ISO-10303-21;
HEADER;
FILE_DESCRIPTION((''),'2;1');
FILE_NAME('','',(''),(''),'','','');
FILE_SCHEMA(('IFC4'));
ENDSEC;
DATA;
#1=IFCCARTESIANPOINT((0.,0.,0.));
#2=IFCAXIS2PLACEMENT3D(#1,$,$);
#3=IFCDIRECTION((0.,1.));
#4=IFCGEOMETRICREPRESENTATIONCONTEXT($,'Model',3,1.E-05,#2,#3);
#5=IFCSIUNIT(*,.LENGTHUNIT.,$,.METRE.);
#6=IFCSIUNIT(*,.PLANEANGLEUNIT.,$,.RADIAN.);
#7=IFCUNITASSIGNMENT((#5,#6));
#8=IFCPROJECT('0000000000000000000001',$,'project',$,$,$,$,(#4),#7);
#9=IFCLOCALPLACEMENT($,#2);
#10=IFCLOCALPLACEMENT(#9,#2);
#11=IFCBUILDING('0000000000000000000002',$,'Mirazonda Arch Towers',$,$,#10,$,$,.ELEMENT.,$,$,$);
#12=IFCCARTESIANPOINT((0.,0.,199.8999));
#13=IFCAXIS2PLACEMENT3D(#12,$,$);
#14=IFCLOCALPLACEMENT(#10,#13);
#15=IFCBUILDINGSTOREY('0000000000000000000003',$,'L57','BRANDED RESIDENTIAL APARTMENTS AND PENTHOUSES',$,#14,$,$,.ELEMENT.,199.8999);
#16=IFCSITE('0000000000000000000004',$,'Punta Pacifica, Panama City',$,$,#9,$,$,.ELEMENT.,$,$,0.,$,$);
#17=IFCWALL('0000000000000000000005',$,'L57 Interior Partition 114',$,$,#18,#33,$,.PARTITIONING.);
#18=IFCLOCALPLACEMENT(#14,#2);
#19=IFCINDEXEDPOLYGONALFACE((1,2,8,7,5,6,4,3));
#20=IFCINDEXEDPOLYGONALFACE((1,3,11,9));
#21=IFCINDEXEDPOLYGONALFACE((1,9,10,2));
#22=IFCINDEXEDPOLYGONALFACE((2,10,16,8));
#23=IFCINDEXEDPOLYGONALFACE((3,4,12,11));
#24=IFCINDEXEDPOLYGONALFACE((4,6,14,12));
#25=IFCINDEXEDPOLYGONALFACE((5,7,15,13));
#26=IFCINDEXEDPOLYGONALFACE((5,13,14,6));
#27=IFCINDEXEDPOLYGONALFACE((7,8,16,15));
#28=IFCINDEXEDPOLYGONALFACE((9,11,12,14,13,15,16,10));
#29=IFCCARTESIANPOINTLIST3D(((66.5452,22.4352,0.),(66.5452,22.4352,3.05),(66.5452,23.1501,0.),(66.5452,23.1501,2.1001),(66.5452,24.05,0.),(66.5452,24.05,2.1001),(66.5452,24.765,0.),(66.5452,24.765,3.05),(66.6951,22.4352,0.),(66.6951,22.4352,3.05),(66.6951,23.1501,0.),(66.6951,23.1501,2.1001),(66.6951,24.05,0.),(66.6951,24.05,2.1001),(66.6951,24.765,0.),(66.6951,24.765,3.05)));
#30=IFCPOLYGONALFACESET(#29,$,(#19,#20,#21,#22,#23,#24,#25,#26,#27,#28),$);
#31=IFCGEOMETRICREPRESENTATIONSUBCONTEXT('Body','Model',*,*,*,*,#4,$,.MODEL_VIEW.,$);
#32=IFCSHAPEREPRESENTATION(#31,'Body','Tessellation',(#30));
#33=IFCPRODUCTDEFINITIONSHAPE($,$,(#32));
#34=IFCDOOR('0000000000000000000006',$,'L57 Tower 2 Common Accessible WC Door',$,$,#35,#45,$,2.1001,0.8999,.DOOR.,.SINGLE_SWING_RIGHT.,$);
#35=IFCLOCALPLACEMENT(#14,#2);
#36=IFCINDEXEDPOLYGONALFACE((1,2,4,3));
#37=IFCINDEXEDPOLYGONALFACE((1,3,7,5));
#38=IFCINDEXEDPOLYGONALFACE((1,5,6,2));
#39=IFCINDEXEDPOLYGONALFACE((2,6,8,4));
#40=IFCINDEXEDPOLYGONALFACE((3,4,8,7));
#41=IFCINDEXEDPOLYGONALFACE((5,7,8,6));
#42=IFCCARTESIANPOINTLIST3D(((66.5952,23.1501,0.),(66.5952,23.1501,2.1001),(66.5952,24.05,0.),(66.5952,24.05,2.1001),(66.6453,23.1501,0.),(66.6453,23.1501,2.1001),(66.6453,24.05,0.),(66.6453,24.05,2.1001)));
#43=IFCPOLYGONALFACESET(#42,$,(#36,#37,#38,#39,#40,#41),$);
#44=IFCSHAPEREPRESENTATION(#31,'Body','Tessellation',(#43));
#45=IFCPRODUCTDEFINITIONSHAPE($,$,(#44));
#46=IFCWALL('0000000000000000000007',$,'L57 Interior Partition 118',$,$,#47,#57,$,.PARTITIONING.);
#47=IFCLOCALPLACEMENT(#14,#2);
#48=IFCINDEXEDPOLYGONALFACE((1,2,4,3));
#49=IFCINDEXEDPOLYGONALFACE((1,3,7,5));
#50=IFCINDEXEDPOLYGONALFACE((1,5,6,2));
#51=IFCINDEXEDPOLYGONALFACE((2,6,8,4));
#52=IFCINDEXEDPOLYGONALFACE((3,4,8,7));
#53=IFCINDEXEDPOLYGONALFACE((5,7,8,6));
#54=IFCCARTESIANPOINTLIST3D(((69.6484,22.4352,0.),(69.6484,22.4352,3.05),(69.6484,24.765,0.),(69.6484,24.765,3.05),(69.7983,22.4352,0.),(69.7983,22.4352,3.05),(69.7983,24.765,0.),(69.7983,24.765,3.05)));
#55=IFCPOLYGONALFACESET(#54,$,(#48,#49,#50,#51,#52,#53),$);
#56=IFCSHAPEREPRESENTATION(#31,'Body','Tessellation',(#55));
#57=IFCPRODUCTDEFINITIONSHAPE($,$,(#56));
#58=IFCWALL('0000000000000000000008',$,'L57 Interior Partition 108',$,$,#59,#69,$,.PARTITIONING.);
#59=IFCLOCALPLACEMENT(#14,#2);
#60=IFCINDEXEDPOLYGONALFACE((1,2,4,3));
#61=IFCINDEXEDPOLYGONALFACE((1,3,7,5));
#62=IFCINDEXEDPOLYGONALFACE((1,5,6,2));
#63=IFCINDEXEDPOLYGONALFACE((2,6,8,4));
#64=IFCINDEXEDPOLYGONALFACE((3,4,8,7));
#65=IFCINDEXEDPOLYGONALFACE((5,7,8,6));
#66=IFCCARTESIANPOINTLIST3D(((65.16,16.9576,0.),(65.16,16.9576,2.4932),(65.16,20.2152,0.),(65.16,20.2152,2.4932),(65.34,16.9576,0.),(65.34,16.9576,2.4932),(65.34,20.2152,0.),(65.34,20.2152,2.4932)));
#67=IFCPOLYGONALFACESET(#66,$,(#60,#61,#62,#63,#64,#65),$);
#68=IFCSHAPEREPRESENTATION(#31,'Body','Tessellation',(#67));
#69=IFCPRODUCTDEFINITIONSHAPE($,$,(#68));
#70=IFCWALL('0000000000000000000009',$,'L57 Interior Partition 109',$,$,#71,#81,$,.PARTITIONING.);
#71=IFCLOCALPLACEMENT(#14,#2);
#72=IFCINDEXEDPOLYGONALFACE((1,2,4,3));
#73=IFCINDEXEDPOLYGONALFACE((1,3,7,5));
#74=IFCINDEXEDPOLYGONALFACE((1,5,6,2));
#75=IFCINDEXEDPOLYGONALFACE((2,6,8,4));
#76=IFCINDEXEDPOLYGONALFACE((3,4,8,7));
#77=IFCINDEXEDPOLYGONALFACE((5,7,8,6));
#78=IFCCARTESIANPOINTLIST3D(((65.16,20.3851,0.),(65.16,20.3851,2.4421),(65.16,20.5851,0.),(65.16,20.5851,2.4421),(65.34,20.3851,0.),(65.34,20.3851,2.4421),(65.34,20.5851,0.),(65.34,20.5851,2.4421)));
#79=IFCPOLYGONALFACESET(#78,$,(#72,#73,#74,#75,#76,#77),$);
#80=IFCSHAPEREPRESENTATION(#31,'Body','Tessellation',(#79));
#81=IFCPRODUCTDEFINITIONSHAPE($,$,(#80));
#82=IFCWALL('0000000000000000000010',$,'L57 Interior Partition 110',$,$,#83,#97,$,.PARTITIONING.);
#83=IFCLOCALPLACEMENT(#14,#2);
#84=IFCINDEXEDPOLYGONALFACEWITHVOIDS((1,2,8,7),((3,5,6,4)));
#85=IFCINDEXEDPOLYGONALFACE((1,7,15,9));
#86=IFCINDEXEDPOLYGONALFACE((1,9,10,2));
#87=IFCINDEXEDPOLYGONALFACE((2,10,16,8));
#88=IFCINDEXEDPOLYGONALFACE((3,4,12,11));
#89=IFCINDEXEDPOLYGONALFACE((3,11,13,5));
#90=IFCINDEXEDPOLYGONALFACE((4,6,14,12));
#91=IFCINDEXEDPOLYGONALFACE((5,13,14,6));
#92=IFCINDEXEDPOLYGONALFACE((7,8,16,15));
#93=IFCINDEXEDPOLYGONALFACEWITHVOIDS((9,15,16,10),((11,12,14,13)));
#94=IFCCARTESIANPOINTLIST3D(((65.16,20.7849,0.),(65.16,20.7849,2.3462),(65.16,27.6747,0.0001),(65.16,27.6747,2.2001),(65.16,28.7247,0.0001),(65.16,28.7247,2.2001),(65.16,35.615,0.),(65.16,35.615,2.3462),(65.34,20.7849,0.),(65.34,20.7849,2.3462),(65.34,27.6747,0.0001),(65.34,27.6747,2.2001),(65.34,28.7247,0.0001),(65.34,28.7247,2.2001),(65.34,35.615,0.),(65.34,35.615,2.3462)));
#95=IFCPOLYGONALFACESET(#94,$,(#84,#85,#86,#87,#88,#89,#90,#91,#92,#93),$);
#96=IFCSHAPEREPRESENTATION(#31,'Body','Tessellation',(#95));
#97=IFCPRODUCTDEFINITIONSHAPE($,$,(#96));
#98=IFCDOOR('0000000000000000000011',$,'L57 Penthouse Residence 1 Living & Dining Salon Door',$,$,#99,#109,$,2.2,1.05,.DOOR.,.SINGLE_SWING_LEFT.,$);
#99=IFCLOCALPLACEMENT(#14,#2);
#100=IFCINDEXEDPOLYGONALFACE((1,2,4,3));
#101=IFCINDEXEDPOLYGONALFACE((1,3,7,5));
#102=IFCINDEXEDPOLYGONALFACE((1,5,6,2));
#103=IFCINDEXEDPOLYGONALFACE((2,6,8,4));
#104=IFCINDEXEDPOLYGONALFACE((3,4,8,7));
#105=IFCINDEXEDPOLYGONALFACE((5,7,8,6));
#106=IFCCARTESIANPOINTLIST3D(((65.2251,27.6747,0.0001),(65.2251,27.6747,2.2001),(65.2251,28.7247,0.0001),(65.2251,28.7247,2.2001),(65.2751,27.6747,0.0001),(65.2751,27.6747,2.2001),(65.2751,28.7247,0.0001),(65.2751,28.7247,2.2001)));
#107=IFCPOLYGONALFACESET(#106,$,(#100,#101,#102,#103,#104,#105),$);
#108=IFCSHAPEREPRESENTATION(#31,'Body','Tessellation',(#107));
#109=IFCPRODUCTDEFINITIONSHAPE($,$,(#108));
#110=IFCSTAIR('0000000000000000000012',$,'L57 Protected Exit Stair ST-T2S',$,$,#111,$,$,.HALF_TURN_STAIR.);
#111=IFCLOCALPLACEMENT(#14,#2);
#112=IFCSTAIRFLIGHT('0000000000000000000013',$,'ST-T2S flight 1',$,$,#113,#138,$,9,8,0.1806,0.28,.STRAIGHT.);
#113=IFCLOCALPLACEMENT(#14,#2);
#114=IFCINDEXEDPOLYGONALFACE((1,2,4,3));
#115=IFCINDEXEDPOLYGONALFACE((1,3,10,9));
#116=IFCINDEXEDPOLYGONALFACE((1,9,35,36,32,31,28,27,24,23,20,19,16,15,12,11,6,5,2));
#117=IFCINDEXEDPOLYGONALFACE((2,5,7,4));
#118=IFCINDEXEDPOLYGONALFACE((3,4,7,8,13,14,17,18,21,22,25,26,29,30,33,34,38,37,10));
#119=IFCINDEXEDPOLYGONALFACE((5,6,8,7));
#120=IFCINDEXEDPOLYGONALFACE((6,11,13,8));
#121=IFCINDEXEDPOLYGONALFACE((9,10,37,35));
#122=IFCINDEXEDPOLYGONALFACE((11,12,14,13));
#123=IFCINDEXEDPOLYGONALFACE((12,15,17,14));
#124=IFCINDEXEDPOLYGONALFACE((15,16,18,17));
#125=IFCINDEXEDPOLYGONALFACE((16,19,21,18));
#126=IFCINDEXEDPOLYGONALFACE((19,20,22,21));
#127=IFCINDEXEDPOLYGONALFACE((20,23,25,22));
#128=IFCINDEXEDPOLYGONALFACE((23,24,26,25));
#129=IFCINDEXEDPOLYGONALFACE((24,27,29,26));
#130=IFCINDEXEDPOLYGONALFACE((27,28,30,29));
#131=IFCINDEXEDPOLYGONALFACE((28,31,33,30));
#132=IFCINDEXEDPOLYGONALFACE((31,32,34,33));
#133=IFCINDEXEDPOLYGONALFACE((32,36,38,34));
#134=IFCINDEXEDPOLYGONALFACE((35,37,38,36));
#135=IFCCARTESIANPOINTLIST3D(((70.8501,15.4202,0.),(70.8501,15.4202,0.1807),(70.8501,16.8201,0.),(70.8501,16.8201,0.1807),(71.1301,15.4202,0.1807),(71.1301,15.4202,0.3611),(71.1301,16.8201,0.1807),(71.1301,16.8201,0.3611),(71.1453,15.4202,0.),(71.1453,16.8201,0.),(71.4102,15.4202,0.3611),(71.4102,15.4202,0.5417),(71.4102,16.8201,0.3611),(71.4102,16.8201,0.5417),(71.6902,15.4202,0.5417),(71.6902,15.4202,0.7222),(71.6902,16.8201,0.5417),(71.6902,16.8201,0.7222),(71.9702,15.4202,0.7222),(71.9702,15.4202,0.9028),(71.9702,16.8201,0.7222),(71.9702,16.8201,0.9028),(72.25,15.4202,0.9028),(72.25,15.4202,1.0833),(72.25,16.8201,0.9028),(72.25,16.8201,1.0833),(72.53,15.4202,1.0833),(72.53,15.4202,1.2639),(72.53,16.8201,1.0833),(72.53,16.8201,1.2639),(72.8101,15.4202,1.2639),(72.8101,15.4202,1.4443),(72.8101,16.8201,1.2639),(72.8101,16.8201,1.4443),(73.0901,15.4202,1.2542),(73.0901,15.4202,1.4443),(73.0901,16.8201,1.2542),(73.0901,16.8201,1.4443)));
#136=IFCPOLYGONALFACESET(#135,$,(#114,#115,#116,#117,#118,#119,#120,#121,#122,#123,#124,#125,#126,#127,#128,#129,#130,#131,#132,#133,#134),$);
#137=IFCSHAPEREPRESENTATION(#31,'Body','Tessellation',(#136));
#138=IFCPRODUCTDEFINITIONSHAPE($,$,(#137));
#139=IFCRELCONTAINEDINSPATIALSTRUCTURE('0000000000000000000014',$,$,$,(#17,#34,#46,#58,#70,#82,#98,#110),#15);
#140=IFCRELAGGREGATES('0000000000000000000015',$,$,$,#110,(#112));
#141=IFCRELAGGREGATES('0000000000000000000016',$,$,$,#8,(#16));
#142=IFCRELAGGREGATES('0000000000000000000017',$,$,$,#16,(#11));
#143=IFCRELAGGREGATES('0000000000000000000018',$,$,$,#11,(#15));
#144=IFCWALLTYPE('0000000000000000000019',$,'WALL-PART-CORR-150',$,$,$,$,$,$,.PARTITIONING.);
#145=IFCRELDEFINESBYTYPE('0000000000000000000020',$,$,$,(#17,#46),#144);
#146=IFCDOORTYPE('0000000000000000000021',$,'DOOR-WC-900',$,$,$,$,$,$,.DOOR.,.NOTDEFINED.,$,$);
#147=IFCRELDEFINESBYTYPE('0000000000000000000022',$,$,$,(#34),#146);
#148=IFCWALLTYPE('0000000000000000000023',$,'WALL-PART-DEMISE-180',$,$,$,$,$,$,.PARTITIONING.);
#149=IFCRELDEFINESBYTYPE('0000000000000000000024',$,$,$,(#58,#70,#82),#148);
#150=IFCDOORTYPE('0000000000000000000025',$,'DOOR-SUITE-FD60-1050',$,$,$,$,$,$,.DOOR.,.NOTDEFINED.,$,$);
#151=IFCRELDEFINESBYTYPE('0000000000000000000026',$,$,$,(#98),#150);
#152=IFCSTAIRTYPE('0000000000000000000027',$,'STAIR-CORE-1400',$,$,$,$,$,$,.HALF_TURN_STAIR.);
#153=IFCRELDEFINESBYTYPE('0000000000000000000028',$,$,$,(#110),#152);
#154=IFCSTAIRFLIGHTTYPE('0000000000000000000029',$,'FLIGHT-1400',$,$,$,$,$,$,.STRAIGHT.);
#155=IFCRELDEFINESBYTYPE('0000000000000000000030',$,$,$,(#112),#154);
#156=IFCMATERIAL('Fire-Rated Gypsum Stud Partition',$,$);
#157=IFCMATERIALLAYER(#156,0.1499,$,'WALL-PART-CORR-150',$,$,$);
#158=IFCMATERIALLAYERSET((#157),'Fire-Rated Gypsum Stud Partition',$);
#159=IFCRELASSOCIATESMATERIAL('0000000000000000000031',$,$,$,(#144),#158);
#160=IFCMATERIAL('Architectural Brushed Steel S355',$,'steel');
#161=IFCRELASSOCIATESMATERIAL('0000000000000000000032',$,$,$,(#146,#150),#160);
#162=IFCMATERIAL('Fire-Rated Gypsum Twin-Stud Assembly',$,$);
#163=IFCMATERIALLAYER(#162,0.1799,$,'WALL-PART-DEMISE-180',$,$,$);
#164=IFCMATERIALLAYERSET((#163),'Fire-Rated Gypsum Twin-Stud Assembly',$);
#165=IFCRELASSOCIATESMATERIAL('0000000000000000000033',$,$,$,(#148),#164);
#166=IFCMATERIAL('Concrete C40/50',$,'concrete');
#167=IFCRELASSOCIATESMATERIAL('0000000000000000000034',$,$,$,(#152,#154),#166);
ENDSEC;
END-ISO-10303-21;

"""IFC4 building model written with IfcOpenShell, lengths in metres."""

from ifc_helpers import new_model, si_unit, direction, frame, frame_2d, origin, place, context, subcontext, project, spatial, polyline, rectangle, outline, extrude, material, layer, layer_set, type_object, element, fill, aggregate, save


model = new_model("IFC4")

# Units and contexts
model_context = context("Model", 3, precision=1e-05, world=origin(), true_north=direction((0.0, 1.0)))
body_context = subcontext(model_context, "Body", "Model", "MODEL_VIEW")
ifc_project = project(units=[si_unit("LENGTHUNIT", "METRE"), si_unit("PLANEANGLEUNIT", "RADIAN")], contexts=[model_context])

# Site, building, storey
site_placement = place(None, origin())
site = spatial("IfcSite", under=ifc_project, at=site_placement, Name="Punta Pacifica, Panama City", CompositionType="ELEMENT", RefElevation=0.0)
building_placement = place(site_placement, origin())
building = spatial("IfcBuilding", under=site, at=building_placement, Name="Mirazonda Arch Towers", CompositionType="ELEMENT")
storey_placement = place(building_placement, frame((0.0, 0.0, 199.8999)))
storey = spatial("IfcBuildingStorey", under=building, at=storey_placement, Name="L57", Description="BRANDED RESIDENTIAL APARTMENTS AND PENTHOUSES", CompositionType="ELEMENT", Elevation=199.8999)

# Shared definitions
ifc_material_1 = material(Name="Architectural Brushed Steel S355", Category="steel")

# Shared definitions
ifc_material_2 = material(Name="Fire-Rated Gypsum Stud Partition")
ifc_layer_1 = layer(ifc_material_2, 0.1499, Name="WALL-PART-CORR-150")
ifc_layer_set_1 = layer_set([ifc_layer_1], Name="Fire-Rated Gypsum Stud Partition")
wall_type_1 = type_object("IfcWallType", Name="WALL-PART-CORR-150", PredefinedType="PARTITIONING", material=ifc_layer_set_1)

# Wall, opening, door
wall_1_placement = place(storey_placement, frame((66.6201, 22.4351, 0.0), z_axis=(0.0, 0.0, 1.0), x_axis=(0.0, 1.0, 0.0)))
wall_1 = element("IfcWall", 1, at=wall_1_placement, inside=storey, type_object=wall_type_1, Name="L57 Interior Partition 114", PredefinedType="PARTITIONING", context=body_context, shape_type="SweptSolid", body=[
    extrude(rectangle(XDim=2.3298, YDim=0.1499, at=frame_2d((1.165, 0.0))), origin(), (0.0, 0.0, 1.0), 3.05),
])
opening_1_placement = place(wall_1_placement, frame((0.7151, 0.0, 0.0)))
opening_1 = element("IfcOpeningElement", 2, at=opening_1_placement, cuts=wall_1, PredefinedType="OPENING", context=body_context, shape_type="SweptSolid", body=[
    extrude(rectangle(XDim=0.8999, YDim=2.1001, at=frame_2d((0.45, 1.05))), frame((0.0, 0.085, 0.0), z_axis=(0.0, -1.0, 0.0), x_axis=(1.0, 0.0, 0.0)), (0.0, 0.0, 1.0), 0.1699),
])
door_type_1 = type_object("IfcDoorType", Name="DOOR-WC-900", OperationType="NOTDEFINED", PredefinedType="DOOR", material=ifc_material_1)
door_1_placement = place(opening_1_placement, origin())
door_1 = element("IfcDoor", 3, at=door_1_placement, inside=storey, type_object=door_type_1, Name="L57 Tower 2 Common Accessible WC Door", OperationType="SINGLE_SWING_RIGHT", OverallHeight=2.1001, OverallWidth=0.8999, PredefinedType="DOOR", context=body_context, shape_type="SweptSolid", body=[
    extrude(rectangle(XDim=0.8999, YDim=2.1001, at=frame_2d((0.45, 1.05))), frame((0.0, 0.0249, 0.0), z_axis=(0.0, -1.0, 0.0), x_axis=(1.0, 0.0, 0.0)), (0.0, 0.0, 1.0), 0.05),
])
fill(opening_1, door_1)

# Walls
wall_2_placement = place(storey_placement, frame((69.7234, 22.4351, 0.0), z_axis=(0.0, 0.0, 1.0), x_axis=(0.0, 1.0, 0.0)))
element("IfcWall", 4, at=wall_2_placement, inside=storey, type_object=wall_type_1, Name="L57 Interior Partition 118", PredefinedType="PARTITIONING", context=body_context, shape_type="SweptSolid", body=[
    extrude(rectangle(XDim=2.3298, YDim=0.1499, at=frame_2d((1.165, 0.0))), origin(), (0.0, 0.0, 1.0), 3.05),
])
ifc_material_3 = material(Name="Fire-Rated Gypsum Twin-Stud Assembly")
ifc_layer_2 = layer(ifc_material_3, 0.1799, Name="WALL-PART-DEMISE-180")
ifc_layer_set_2 = layer_set([ifc_layer_2], Name="Fire-Rated Gypsum Twin-Stud Assembly")
wall_type_2 = type_object("IfcWallType", Name="WALL-PART-DEMISE-180", PredefinedType="PARTITIONING", material=ifc_layer_set_2)
wall_3_placement = place(storey_placement, frame((65.25, 16.9575, 0.0), z_axis=(0.0, 0.0, 1.0), x_axis=(0.0, 1.0, 0.0)))
element("IfcWall", 5, at=wall_3_placement, inside=storey, type_object=wall_type_2, Name="L57 Interior Partition 108", PredefinedType="PARTITIONING", context=body_context, shape_type="SweptSolid", body=[
    extrude(rectangle(XDim=3.2576, YDim=0.1799, at=frame_2d((1.6289, 0.0))), origin(), (0.0, 0.0, 1.0), 2.4932),
])
wall_4_placement = place(storey_placement, frame((65.25, 20.385, 0.0), z_axis=(0.0, 0.0, 1.0), x_axis=(0.0, 1.0, 0.0)))
element("IfcWall", 6, at=wall_4_placement, inside=storey, type_object=wall_type_2, Name="L57 Interior Partition 109", PredefinedType="PARTITIONING", context=body_context, shape_type="SweptSolid", body=[
    extrude(rectangle(XDim=0.2, YDim=0.1799, at=frame_2d((0.1001, 0.0))), origin(), (0.0, 0.0, 1.0), 2.4421),
])

# Wall, opening, door
wall_5_placement = place(storey_placement, frame((65.25, 20.7849, 0.0), z_axis=(0.0, 0.0, 1.0), x_axis=(0.0, 1.0, 0.0)))
wall_5 = element("IfcWall", 7, at=wall_5_placement, inside=storey, type_object=wall_type_2, Name="L57 Interior Partition 110", PredefinedType="PARTITIONING", context=body_context, shape_type="SweptSolid", body=[
    extrude(rectangle(XDim=14.8301, YDim=0.1799, at=frame_2d((7.415, 0.0))), origin(), (0.0, 0.0, 1.0), 2.3462),
])
opening_2_placement = place(wall_5_placement, frame((6.8899, 0.0, 0.0)))
opening_2 = element("IfcOpeningElement", 8, at=opening_2_placement, cuts=wall_5, PredefinedType="OPENING", context=body_context, shape_type="SweptSolid", body=[
    extrude(rectangle(XDim=1.05, YDim=2.2, at=frame_2d((0.5249, 1.1001))), frame((0.0, 0.0999, 0.0), z_axis=(0.0, -1.0, 0.0), x_axis=(1.0, 0.0, 0.0)), (0.0, 0.0, 1.0), 0.2),
])
door_type_2 = type_object("IfcDoorType", Name="DOOR-SUITE-FD60-1050", OperationType="NOTDEFINED", PredefinedType="DOOR", material=ifc_material_1)
door_2_placement = place(opening_2_placement, origin())
door_2 = element("IfcDoor", 9, at=door_2_placement, inside=storey, type_object=door_type_2, Name="L57 Penthouse Residence 1 Living & Dining Salon Door", OperationType="SINGLE_SWING_LEFT", OverallHeight=2.2, OverallWidth=1.05, PredefinedType="DOOR", context=body_context, shape_type="SweptSolid", body=[
    extrude(rectangle(XDim=1.05, YDim=2.2, at=frame_2d((0.5249, 1.1001))), frame((0.0, 0.0249, 0.0), z_axis=(0.0, -1.0, 0.0), x_axis=(1.0, 0.0, 0.0)), (0.0, 0.0, 1.0), 0.05),
])
fill(opening_2, door_2)

# Stair, stair flight
ifc_material_4 = material(Name="Concrete C40/50", Category="concrete")
stair_type = type_object("IfcStairType", Name="STAIR-CORE-1400", PredefinedType="HALF_TURN_STAIR", material=ifc_material_4)
stair_placement = place(storey_placement, origin())
stair = element("IfcStair", 10, at=stair_placement, inside=storey, type_object=stair_type, Name="L57 Protected Exit Stair ST-T2S", PredefinedType="HALF_TURN_STAIR")
stair_flight_type = type_object("IfcStairFlightType", Name="FLIGHT-1400", PredefinedType="STRAIGHT", material=ifc_material_4)
stair_flight_placement = place(storey_placement, frame((70.8501, 16.1201, 0.0), z_axis=(0.0, 0.0, 1.0), x_axis=(1.0, 0.0, 0.0)))
stair_flight = element("IfcStairFlight", 11, at=stair_flight_placement, type_object=stair_flight_type, Name="ST-T2S flight 1", NumberOfRisers=9, NumberOfTreads=8, PredefinedType="STRAIGHT", RiserHeight=0.1806, TreadLength=0.28, context=body_context, shape_type="SweptSolid", body=[
    extrude(outline(polyline([(0.0, 0.0), (0.0, 0.1807), (0.28, 0.1807), (0.28, 0.3611), (0.5601, 0.3611), (0.5601, 0.5417), (0.8401, 0.5417), (0.8401, 0.7222), (1.1201, 0.7222), (1.1201, 0.9028), (1.3999, 0.9028), (1.3999, 1.0833), (1.6799, 1.0833), (1.6799, 1.2639), (1.96, 1.2639), (1.96, 1.4443), (2.24, 1.4443), (2.24, 1.625), (2.24, 1.2542), (0.2952, 0.0), (0.0, 0.0)])), frame((0.0, 0.7, 0.0), z_axis=(0.0, -1.0, 0.0), x_axis=(1.0, 0.0, 0.0)), (0.0, 0.0, 1.0), 1.3999),
])
aggregate(stair, [stair_flight])

save(model, "model.ifc")
